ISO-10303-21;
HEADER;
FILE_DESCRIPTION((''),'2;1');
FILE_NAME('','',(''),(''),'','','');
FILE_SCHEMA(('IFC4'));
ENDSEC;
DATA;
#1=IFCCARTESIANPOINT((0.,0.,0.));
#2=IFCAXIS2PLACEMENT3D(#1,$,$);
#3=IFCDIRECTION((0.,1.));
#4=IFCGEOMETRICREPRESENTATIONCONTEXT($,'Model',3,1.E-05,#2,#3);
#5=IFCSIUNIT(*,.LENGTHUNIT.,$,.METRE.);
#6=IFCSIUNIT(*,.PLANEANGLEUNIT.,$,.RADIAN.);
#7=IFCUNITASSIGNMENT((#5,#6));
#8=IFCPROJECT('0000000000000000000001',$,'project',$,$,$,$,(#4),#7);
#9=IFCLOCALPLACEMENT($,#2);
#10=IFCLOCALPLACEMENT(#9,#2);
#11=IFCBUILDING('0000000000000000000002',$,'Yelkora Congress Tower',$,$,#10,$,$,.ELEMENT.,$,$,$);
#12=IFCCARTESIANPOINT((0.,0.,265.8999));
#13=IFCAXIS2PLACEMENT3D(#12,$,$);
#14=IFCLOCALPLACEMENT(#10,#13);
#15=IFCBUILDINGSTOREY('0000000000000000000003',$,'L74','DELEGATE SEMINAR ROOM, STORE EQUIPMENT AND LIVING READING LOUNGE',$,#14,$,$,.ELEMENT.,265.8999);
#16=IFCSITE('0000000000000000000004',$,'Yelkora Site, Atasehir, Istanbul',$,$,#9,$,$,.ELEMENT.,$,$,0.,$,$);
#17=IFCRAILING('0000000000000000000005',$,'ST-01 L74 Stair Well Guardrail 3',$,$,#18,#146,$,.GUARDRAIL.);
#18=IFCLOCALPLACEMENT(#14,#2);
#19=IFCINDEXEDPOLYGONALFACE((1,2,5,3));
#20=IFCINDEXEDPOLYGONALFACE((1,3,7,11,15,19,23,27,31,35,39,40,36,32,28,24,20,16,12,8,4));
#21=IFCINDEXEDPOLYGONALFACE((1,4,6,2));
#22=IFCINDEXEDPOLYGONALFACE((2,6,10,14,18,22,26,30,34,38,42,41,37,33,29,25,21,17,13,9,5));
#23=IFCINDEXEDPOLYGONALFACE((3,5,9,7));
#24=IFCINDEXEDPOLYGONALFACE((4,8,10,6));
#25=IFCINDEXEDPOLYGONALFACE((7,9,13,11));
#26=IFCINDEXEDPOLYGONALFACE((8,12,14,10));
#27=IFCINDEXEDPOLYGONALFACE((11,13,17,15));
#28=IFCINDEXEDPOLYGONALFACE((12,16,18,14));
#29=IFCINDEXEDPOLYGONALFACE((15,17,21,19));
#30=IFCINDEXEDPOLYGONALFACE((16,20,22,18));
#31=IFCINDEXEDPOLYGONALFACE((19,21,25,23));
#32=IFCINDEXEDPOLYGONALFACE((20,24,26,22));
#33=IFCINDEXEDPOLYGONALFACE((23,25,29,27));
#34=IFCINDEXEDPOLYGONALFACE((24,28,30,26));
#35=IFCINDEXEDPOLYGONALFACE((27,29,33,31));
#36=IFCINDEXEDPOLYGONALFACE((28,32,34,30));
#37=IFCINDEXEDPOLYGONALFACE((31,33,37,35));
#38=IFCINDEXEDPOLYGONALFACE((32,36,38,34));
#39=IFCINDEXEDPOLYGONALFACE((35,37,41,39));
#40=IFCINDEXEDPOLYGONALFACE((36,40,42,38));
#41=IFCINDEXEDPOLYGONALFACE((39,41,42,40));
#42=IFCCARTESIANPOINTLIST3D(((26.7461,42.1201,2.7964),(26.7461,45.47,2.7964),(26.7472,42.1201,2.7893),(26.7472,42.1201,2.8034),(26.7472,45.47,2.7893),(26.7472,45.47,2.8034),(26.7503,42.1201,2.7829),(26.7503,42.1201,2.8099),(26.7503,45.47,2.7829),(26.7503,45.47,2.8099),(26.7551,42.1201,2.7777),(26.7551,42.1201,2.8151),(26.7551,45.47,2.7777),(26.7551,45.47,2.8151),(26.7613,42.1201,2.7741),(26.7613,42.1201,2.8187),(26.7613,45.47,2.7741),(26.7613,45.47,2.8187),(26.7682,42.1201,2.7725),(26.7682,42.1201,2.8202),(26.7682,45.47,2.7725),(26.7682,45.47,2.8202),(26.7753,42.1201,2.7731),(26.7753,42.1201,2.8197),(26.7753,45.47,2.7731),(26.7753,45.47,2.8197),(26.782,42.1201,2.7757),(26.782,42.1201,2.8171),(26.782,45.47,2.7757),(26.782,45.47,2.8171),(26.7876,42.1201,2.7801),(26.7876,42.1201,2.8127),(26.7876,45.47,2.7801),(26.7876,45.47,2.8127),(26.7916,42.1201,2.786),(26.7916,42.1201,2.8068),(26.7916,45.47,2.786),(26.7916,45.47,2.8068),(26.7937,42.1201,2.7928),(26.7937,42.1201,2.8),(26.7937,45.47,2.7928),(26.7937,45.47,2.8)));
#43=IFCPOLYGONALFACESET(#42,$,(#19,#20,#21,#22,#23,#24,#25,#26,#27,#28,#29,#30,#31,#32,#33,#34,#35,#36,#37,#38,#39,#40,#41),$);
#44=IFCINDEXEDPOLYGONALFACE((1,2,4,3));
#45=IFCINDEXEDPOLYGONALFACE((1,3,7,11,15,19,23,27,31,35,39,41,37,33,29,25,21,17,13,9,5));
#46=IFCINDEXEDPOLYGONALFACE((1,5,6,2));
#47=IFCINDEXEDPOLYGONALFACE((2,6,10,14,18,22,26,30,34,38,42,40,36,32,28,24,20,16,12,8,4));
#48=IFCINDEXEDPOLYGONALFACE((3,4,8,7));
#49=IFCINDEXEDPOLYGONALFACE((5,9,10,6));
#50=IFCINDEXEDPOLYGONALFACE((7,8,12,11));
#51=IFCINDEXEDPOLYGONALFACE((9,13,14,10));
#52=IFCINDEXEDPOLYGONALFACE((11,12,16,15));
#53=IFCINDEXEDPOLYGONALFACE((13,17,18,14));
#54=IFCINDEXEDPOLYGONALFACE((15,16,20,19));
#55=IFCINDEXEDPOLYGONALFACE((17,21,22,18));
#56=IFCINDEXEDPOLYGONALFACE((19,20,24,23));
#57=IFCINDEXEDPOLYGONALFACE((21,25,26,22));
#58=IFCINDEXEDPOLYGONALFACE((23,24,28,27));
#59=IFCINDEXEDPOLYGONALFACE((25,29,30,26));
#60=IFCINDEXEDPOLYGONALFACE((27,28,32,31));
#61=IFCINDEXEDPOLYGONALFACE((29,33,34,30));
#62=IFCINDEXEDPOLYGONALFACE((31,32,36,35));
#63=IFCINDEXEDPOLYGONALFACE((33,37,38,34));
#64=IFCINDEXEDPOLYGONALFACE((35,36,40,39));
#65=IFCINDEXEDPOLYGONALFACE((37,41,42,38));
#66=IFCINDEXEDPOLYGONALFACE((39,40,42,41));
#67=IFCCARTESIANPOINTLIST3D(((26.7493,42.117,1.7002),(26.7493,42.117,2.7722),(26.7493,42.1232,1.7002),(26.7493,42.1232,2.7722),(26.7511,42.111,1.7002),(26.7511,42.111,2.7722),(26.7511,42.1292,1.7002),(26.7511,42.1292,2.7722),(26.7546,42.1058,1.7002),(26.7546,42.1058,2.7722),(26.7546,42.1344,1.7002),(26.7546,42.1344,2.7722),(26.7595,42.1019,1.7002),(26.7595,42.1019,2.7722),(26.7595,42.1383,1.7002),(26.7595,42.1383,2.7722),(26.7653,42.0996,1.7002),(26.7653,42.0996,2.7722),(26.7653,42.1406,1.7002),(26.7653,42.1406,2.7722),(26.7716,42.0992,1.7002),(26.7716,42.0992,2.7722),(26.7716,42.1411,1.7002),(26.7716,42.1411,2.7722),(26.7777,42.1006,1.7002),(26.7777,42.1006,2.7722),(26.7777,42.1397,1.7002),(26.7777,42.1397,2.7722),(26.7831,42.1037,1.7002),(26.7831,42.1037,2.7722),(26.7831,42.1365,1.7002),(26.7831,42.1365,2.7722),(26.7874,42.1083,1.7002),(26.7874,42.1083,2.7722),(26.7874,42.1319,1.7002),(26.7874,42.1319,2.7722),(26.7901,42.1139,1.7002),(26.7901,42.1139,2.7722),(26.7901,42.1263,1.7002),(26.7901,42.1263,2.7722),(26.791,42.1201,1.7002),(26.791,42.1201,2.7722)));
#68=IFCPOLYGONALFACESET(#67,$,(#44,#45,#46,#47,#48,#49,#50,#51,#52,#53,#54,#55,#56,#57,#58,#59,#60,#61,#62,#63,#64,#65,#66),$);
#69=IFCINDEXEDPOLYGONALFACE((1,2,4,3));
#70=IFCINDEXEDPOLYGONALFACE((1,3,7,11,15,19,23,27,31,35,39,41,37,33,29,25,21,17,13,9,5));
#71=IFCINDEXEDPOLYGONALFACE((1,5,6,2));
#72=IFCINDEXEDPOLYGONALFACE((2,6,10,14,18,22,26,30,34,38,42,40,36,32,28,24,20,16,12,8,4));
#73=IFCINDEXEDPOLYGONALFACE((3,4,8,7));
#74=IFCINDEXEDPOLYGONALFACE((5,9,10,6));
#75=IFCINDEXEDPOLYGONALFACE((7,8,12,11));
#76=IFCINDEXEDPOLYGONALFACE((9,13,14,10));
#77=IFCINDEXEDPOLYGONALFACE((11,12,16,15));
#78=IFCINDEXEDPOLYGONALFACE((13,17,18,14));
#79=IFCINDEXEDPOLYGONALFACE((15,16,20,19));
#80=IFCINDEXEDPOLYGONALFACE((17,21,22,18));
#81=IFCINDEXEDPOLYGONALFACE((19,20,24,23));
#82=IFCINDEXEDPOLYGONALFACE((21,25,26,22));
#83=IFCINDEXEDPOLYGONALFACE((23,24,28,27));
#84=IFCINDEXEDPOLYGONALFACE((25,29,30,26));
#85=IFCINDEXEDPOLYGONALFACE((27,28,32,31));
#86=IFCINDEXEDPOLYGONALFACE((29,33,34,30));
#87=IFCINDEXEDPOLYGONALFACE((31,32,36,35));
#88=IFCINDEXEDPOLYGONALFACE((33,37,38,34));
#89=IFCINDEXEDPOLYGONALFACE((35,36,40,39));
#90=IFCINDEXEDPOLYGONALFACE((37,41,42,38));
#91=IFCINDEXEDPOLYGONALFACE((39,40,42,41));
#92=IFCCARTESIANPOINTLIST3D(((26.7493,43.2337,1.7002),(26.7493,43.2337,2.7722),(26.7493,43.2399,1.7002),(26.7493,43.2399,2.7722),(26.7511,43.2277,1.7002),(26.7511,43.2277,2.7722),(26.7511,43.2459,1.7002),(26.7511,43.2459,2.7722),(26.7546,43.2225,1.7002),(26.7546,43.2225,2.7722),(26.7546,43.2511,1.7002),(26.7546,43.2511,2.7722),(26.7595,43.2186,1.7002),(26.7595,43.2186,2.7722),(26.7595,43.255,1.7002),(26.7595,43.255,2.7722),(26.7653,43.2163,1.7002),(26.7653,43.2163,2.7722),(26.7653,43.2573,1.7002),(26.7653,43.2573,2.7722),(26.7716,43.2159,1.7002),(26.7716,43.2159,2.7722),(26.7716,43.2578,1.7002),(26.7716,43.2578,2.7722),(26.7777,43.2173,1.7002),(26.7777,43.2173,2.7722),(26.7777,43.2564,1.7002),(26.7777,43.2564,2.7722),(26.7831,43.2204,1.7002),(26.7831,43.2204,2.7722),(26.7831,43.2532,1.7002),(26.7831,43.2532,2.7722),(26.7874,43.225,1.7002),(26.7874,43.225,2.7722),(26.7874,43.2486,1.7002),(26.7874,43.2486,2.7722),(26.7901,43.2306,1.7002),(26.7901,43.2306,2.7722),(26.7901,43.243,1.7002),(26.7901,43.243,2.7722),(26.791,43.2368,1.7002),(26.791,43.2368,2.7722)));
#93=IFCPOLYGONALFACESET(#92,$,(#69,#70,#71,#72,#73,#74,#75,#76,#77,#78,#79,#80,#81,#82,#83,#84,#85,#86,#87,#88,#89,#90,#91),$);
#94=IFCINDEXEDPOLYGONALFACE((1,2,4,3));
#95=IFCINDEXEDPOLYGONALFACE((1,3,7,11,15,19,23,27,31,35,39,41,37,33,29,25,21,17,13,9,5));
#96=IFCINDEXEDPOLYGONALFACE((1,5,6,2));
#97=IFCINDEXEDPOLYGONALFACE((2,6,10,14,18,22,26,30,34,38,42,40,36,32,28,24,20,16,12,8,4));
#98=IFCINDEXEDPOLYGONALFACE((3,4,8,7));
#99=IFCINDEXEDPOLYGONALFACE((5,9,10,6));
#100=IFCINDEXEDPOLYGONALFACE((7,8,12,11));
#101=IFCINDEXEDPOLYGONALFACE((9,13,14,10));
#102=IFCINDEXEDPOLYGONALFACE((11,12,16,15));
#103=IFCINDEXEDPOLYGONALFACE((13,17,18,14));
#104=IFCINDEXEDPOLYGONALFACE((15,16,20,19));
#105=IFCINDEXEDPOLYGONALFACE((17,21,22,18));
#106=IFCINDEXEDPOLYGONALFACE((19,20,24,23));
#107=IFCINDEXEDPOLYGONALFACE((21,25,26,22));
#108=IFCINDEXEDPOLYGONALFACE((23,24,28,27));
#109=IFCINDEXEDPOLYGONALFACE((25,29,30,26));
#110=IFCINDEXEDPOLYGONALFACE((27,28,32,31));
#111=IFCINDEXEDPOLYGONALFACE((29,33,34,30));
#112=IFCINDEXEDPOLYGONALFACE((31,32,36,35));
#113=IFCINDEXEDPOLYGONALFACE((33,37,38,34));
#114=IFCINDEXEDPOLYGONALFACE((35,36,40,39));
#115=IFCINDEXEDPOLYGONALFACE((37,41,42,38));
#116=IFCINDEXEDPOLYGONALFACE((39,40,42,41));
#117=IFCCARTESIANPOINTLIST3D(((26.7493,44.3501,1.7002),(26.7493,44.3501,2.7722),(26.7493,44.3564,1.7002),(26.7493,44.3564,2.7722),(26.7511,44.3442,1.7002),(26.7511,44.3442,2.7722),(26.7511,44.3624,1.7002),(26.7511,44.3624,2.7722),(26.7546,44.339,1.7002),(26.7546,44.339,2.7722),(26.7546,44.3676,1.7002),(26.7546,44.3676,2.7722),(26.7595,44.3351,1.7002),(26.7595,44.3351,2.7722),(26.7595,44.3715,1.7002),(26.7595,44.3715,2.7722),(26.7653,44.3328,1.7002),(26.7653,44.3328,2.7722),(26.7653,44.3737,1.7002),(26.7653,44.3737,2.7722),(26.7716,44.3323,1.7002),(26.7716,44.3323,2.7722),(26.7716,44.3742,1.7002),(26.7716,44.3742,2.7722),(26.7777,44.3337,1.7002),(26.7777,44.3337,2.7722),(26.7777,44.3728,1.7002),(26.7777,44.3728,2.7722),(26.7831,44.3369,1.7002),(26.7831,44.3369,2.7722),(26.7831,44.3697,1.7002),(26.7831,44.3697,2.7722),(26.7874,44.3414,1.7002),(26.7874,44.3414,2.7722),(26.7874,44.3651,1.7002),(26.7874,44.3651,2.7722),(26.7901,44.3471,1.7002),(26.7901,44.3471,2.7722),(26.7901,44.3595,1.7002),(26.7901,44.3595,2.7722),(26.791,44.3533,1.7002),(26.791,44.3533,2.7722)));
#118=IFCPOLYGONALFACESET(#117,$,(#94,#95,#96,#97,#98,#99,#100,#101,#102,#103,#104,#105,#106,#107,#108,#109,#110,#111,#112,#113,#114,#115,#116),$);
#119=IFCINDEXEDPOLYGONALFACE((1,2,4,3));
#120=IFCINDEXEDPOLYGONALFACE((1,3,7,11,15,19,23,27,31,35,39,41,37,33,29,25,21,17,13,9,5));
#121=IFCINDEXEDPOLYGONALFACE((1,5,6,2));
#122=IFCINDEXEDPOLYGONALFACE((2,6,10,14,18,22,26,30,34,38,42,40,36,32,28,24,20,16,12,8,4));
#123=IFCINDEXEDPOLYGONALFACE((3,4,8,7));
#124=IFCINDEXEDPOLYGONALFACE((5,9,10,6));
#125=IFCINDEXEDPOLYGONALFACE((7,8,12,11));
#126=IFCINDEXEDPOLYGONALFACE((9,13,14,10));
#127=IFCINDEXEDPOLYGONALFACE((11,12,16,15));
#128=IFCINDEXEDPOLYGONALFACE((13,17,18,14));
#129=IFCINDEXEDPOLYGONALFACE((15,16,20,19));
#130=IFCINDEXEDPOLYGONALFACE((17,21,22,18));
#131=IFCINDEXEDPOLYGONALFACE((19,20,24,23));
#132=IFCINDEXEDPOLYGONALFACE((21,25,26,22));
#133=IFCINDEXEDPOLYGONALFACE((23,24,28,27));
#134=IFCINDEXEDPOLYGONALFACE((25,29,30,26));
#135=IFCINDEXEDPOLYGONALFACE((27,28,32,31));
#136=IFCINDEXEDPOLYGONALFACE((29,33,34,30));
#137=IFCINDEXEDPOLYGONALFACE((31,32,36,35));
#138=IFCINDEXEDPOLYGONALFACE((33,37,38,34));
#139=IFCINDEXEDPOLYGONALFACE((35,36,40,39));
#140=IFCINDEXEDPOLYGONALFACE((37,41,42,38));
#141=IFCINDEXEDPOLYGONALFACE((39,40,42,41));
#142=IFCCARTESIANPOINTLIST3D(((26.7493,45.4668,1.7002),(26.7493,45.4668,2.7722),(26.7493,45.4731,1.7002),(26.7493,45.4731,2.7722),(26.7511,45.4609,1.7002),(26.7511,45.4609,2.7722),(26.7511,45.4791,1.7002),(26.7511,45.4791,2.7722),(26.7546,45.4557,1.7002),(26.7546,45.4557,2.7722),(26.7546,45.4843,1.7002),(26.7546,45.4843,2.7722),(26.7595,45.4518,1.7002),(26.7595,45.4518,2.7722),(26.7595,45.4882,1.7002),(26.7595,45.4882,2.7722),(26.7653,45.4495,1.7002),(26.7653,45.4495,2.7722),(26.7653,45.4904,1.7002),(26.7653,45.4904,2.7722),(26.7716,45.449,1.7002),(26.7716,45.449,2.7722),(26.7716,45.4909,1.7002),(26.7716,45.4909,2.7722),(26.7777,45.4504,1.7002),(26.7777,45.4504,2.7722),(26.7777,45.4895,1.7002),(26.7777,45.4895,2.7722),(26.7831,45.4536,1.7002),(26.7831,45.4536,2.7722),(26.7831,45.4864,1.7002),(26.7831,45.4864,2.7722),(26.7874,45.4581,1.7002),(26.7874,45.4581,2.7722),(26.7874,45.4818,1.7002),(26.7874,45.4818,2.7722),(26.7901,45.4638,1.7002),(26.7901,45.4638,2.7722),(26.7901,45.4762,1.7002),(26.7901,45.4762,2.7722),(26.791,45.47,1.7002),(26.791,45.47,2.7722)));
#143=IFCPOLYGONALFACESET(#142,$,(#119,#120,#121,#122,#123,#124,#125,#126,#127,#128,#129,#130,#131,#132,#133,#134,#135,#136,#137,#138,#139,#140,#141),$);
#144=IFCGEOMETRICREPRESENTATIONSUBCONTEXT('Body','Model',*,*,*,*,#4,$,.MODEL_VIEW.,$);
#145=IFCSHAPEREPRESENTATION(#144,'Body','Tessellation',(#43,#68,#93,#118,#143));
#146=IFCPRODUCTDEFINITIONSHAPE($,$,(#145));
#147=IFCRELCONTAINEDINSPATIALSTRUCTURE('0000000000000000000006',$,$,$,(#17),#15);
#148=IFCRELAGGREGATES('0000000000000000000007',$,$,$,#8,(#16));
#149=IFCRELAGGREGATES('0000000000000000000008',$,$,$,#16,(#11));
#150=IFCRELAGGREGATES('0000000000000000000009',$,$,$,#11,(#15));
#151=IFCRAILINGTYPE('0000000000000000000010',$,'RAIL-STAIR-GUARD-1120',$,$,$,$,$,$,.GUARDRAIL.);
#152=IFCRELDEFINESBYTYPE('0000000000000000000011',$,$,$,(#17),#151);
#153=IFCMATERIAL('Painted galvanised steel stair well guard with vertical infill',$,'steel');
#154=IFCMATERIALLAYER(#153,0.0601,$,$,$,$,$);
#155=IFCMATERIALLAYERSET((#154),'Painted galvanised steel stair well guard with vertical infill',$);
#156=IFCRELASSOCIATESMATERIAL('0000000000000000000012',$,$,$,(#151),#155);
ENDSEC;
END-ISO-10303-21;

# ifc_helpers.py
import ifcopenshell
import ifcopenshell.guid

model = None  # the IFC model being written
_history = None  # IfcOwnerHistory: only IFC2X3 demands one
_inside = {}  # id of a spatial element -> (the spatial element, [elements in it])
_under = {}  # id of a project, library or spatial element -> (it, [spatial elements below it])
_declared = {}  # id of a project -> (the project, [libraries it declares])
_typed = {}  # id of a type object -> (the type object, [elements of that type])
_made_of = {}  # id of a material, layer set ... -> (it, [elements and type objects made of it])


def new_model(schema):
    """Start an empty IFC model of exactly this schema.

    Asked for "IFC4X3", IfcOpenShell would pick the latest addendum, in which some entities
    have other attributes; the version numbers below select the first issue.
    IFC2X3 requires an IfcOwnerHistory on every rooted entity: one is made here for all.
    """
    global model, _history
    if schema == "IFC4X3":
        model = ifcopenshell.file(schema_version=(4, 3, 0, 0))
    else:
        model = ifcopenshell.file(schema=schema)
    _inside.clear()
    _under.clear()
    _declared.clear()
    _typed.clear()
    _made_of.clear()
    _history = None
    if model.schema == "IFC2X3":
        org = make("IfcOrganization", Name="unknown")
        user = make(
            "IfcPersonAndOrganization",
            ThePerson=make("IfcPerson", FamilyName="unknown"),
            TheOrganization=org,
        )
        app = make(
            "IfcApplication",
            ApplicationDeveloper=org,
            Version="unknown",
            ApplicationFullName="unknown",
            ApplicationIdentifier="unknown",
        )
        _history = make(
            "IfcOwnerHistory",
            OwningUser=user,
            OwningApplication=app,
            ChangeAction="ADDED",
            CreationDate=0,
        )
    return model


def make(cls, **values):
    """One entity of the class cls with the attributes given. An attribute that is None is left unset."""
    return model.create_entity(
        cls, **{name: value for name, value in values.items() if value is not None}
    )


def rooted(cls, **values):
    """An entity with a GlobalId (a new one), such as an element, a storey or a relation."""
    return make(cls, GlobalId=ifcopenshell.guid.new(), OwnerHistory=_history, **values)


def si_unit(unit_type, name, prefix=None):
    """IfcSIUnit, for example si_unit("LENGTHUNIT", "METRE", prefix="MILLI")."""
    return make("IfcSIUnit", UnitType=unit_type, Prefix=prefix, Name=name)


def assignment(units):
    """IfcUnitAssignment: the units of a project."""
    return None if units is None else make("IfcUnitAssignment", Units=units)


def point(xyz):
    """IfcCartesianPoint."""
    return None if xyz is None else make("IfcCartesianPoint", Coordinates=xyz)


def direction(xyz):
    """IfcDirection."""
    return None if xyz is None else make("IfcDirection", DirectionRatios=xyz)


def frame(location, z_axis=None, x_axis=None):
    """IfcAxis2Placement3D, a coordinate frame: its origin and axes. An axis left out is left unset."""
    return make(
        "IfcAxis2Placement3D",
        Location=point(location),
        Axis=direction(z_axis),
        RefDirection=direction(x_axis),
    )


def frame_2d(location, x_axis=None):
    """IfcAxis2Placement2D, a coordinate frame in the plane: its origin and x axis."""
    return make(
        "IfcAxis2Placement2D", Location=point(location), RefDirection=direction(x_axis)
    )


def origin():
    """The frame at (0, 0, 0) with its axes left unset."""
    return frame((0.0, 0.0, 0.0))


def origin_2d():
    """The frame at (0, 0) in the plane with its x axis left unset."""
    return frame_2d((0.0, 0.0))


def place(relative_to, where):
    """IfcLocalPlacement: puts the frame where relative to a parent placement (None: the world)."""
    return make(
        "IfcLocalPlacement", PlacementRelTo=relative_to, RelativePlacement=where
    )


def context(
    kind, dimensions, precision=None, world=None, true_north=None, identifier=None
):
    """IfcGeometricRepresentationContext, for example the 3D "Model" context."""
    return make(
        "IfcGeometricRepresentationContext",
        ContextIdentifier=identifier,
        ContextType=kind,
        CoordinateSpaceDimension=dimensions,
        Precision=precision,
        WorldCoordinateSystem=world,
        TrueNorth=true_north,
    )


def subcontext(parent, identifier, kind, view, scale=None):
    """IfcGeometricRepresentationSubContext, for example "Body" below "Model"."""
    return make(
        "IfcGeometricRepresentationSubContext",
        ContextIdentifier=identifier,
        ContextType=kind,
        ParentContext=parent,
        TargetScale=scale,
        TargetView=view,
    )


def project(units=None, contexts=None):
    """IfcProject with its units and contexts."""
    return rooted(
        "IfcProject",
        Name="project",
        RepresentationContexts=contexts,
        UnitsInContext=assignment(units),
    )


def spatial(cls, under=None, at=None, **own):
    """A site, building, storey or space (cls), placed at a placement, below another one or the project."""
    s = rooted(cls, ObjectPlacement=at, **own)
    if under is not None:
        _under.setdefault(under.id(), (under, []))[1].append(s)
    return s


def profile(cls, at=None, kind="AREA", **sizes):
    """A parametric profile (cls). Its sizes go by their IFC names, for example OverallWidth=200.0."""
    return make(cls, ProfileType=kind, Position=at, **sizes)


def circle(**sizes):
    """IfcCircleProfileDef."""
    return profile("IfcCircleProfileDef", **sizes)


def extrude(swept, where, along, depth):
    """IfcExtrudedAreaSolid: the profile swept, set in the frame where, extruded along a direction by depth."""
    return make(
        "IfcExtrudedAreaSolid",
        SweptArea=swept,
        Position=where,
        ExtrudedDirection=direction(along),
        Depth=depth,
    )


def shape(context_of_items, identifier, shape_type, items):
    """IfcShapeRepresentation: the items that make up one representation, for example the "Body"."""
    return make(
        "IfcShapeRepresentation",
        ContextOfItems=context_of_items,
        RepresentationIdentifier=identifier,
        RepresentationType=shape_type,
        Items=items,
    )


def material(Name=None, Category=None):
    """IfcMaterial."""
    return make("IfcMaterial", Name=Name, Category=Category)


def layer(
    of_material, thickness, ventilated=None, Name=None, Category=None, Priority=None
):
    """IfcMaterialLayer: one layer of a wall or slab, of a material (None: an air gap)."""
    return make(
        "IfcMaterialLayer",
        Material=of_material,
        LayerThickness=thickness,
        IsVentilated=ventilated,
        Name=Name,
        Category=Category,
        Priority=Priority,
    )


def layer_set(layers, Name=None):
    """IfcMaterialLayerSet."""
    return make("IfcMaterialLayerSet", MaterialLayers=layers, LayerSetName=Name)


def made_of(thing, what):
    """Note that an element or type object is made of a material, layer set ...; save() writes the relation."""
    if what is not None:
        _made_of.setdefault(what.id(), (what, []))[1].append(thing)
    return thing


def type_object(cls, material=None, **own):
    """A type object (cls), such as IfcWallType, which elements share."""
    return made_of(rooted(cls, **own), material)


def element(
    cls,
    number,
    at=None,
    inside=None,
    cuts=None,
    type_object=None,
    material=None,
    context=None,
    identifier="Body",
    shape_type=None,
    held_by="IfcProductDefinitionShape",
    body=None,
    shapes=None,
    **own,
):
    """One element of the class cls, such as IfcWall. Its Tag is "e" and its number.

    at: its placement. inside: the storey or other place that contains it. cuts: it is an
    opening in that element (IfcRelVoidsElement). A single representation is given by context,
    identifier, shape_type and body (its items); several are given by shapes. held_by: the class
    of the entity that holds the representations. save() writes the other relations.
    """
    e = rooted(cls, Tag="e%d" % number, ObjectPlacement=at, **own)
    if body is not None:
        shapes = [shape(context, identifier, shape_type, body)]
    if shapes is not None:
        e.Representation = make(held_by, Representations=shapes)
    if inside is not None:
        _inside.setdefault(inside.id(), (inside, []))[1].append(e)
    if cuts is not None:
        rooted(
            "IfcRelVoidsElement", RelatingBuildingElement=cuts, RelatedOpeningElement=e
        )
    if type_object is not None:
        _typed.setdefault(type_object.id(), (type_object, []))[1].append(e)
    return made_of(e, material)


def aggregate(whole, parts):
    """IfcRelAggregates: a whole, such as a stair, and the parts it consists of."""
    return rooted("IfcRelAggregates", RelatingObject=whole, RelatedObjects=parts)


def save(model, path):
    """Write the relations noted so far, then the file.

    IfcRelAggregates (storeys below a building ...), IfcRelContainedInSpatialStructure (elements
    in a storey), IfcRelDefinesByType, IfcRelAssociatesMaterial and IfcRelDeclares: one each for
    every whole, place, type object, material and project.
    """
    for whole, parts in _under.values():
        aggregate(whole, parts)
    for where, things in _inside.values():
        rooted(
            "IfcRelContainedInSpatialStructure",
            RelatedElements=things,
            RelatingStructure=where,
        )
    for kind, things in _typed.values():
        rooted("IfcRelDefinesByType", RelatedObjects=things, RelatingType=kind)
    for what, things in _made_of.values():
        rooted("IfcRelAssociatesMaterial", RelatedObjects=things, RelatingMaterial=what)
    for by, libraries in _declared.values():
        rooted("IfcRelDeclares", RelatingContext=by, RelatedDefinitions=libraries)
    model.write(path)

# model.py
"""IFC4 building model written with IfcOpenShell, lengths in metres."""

from ifc_helpers import new_model, si_unit, direction, frame, origin, origin_2d, place, context, subcontext, project, spatial, circle, extrude, material, layer, layer_set, type_object, element, save


model = new_model("IFC4")

# Units and contexts
model_context = context("Model", 3, precision=1e-05, world=origin(), true_north=direction((0.0, 1.0)))
body_context = subcontext(model_context, "Body", "Model", "MODEL_VIEW")
ifc_project = project(units=[si_unit("LENGTHUNIT", "METRE"), si_unit("PLANEANGLEUNIT", "RADIAN")], contexts=[model_context])

# Site, building, storey
site_placement = place(None, origin())
site = spatial("IfcSite", under=ifc_project, at=site_placement, Name="Yelkora Site, Atasehir, Istanbul", CompositionType="ELEMENT", RefElevation=0.0)
building_placement = place(site_placement, origin())
building = spatial("IfcBuilding", under=site, at=building_placement, Name="Yelkora Congress Tower", CompositionType="ELEMENT")
storey_placement = place(building_placement, frame((0.0, 0.0, 265.8999)))
storey = spatial("IfcBuildingStorey", under=building, at=storey_placement, Name="L74", Description="DELEGATE SEMINAR ROOM, STORE EQUIPMENT AND LIVING READING LOUNGE", CompositionType="ELEMENT", Elevation=265.8999)

# Railing
ifc_material_1 = material(Name="Painted galvanised steel stair well guard with vertical infill", Category="steel")
ifc_layer_1 = layer(ifc_material_1, 0.0601)
ifc_layer_set_1 = layer_set([ifc_layer_1], Name="Painted galvanised steel stair well guard with vertical infill")
railing_type_1 = type_object("IfcRailingType", Name="RAIL-STAIR-GUARD-1120", PredefinedType="GUARDRAIL", material=ifc_layer_set_1)
for number, where, name in (
    (1, (26.77, 42.1201, 1.7002), "ST-01 L74 Stair Well Guardrail 3"),
):
    element("IfcRailing", number, at=place(storey_placement, frame(where)), inside=storey, type_object=railing_type_1, Name=name, PredefinedType="GUARDRAIL", context=body_context, shape_type="SweptSolid", body=[
        extrude(circle(Radius=0.0239, at=origin_2d()), frame((0.0, 0.0, 1.0962), z_axis=(0.0, 1.0, 0.0), x_axis=(-1.0, 0.0, 0.0)), (0.0, 0.0, 1.0), 3.3499),
        extrude(circle(Radius=0.021, at=origin_2d()), origin(), (0.0, 0.0, 1.0), 1.072),
        extrude(circle(Radius=0.021, at=origin_2d()), frame((0.0, 1.1167, 0.0)), (0.0, 0.0, 1.0), 1.072),
        extrude(circle(Radius=0.021, at=origin_2d()), frame((0.0, 2.2332, 0.0)), (0.0, 0.0, 1.0), 1.072),
        extrude(circle(Radius=0.021, at=origin_2d()), frame((0.0, 3.3499, 0.0)), (0.0, 0.0, 1.0), 1.072),
    ])

save(model, "model.ifc")
